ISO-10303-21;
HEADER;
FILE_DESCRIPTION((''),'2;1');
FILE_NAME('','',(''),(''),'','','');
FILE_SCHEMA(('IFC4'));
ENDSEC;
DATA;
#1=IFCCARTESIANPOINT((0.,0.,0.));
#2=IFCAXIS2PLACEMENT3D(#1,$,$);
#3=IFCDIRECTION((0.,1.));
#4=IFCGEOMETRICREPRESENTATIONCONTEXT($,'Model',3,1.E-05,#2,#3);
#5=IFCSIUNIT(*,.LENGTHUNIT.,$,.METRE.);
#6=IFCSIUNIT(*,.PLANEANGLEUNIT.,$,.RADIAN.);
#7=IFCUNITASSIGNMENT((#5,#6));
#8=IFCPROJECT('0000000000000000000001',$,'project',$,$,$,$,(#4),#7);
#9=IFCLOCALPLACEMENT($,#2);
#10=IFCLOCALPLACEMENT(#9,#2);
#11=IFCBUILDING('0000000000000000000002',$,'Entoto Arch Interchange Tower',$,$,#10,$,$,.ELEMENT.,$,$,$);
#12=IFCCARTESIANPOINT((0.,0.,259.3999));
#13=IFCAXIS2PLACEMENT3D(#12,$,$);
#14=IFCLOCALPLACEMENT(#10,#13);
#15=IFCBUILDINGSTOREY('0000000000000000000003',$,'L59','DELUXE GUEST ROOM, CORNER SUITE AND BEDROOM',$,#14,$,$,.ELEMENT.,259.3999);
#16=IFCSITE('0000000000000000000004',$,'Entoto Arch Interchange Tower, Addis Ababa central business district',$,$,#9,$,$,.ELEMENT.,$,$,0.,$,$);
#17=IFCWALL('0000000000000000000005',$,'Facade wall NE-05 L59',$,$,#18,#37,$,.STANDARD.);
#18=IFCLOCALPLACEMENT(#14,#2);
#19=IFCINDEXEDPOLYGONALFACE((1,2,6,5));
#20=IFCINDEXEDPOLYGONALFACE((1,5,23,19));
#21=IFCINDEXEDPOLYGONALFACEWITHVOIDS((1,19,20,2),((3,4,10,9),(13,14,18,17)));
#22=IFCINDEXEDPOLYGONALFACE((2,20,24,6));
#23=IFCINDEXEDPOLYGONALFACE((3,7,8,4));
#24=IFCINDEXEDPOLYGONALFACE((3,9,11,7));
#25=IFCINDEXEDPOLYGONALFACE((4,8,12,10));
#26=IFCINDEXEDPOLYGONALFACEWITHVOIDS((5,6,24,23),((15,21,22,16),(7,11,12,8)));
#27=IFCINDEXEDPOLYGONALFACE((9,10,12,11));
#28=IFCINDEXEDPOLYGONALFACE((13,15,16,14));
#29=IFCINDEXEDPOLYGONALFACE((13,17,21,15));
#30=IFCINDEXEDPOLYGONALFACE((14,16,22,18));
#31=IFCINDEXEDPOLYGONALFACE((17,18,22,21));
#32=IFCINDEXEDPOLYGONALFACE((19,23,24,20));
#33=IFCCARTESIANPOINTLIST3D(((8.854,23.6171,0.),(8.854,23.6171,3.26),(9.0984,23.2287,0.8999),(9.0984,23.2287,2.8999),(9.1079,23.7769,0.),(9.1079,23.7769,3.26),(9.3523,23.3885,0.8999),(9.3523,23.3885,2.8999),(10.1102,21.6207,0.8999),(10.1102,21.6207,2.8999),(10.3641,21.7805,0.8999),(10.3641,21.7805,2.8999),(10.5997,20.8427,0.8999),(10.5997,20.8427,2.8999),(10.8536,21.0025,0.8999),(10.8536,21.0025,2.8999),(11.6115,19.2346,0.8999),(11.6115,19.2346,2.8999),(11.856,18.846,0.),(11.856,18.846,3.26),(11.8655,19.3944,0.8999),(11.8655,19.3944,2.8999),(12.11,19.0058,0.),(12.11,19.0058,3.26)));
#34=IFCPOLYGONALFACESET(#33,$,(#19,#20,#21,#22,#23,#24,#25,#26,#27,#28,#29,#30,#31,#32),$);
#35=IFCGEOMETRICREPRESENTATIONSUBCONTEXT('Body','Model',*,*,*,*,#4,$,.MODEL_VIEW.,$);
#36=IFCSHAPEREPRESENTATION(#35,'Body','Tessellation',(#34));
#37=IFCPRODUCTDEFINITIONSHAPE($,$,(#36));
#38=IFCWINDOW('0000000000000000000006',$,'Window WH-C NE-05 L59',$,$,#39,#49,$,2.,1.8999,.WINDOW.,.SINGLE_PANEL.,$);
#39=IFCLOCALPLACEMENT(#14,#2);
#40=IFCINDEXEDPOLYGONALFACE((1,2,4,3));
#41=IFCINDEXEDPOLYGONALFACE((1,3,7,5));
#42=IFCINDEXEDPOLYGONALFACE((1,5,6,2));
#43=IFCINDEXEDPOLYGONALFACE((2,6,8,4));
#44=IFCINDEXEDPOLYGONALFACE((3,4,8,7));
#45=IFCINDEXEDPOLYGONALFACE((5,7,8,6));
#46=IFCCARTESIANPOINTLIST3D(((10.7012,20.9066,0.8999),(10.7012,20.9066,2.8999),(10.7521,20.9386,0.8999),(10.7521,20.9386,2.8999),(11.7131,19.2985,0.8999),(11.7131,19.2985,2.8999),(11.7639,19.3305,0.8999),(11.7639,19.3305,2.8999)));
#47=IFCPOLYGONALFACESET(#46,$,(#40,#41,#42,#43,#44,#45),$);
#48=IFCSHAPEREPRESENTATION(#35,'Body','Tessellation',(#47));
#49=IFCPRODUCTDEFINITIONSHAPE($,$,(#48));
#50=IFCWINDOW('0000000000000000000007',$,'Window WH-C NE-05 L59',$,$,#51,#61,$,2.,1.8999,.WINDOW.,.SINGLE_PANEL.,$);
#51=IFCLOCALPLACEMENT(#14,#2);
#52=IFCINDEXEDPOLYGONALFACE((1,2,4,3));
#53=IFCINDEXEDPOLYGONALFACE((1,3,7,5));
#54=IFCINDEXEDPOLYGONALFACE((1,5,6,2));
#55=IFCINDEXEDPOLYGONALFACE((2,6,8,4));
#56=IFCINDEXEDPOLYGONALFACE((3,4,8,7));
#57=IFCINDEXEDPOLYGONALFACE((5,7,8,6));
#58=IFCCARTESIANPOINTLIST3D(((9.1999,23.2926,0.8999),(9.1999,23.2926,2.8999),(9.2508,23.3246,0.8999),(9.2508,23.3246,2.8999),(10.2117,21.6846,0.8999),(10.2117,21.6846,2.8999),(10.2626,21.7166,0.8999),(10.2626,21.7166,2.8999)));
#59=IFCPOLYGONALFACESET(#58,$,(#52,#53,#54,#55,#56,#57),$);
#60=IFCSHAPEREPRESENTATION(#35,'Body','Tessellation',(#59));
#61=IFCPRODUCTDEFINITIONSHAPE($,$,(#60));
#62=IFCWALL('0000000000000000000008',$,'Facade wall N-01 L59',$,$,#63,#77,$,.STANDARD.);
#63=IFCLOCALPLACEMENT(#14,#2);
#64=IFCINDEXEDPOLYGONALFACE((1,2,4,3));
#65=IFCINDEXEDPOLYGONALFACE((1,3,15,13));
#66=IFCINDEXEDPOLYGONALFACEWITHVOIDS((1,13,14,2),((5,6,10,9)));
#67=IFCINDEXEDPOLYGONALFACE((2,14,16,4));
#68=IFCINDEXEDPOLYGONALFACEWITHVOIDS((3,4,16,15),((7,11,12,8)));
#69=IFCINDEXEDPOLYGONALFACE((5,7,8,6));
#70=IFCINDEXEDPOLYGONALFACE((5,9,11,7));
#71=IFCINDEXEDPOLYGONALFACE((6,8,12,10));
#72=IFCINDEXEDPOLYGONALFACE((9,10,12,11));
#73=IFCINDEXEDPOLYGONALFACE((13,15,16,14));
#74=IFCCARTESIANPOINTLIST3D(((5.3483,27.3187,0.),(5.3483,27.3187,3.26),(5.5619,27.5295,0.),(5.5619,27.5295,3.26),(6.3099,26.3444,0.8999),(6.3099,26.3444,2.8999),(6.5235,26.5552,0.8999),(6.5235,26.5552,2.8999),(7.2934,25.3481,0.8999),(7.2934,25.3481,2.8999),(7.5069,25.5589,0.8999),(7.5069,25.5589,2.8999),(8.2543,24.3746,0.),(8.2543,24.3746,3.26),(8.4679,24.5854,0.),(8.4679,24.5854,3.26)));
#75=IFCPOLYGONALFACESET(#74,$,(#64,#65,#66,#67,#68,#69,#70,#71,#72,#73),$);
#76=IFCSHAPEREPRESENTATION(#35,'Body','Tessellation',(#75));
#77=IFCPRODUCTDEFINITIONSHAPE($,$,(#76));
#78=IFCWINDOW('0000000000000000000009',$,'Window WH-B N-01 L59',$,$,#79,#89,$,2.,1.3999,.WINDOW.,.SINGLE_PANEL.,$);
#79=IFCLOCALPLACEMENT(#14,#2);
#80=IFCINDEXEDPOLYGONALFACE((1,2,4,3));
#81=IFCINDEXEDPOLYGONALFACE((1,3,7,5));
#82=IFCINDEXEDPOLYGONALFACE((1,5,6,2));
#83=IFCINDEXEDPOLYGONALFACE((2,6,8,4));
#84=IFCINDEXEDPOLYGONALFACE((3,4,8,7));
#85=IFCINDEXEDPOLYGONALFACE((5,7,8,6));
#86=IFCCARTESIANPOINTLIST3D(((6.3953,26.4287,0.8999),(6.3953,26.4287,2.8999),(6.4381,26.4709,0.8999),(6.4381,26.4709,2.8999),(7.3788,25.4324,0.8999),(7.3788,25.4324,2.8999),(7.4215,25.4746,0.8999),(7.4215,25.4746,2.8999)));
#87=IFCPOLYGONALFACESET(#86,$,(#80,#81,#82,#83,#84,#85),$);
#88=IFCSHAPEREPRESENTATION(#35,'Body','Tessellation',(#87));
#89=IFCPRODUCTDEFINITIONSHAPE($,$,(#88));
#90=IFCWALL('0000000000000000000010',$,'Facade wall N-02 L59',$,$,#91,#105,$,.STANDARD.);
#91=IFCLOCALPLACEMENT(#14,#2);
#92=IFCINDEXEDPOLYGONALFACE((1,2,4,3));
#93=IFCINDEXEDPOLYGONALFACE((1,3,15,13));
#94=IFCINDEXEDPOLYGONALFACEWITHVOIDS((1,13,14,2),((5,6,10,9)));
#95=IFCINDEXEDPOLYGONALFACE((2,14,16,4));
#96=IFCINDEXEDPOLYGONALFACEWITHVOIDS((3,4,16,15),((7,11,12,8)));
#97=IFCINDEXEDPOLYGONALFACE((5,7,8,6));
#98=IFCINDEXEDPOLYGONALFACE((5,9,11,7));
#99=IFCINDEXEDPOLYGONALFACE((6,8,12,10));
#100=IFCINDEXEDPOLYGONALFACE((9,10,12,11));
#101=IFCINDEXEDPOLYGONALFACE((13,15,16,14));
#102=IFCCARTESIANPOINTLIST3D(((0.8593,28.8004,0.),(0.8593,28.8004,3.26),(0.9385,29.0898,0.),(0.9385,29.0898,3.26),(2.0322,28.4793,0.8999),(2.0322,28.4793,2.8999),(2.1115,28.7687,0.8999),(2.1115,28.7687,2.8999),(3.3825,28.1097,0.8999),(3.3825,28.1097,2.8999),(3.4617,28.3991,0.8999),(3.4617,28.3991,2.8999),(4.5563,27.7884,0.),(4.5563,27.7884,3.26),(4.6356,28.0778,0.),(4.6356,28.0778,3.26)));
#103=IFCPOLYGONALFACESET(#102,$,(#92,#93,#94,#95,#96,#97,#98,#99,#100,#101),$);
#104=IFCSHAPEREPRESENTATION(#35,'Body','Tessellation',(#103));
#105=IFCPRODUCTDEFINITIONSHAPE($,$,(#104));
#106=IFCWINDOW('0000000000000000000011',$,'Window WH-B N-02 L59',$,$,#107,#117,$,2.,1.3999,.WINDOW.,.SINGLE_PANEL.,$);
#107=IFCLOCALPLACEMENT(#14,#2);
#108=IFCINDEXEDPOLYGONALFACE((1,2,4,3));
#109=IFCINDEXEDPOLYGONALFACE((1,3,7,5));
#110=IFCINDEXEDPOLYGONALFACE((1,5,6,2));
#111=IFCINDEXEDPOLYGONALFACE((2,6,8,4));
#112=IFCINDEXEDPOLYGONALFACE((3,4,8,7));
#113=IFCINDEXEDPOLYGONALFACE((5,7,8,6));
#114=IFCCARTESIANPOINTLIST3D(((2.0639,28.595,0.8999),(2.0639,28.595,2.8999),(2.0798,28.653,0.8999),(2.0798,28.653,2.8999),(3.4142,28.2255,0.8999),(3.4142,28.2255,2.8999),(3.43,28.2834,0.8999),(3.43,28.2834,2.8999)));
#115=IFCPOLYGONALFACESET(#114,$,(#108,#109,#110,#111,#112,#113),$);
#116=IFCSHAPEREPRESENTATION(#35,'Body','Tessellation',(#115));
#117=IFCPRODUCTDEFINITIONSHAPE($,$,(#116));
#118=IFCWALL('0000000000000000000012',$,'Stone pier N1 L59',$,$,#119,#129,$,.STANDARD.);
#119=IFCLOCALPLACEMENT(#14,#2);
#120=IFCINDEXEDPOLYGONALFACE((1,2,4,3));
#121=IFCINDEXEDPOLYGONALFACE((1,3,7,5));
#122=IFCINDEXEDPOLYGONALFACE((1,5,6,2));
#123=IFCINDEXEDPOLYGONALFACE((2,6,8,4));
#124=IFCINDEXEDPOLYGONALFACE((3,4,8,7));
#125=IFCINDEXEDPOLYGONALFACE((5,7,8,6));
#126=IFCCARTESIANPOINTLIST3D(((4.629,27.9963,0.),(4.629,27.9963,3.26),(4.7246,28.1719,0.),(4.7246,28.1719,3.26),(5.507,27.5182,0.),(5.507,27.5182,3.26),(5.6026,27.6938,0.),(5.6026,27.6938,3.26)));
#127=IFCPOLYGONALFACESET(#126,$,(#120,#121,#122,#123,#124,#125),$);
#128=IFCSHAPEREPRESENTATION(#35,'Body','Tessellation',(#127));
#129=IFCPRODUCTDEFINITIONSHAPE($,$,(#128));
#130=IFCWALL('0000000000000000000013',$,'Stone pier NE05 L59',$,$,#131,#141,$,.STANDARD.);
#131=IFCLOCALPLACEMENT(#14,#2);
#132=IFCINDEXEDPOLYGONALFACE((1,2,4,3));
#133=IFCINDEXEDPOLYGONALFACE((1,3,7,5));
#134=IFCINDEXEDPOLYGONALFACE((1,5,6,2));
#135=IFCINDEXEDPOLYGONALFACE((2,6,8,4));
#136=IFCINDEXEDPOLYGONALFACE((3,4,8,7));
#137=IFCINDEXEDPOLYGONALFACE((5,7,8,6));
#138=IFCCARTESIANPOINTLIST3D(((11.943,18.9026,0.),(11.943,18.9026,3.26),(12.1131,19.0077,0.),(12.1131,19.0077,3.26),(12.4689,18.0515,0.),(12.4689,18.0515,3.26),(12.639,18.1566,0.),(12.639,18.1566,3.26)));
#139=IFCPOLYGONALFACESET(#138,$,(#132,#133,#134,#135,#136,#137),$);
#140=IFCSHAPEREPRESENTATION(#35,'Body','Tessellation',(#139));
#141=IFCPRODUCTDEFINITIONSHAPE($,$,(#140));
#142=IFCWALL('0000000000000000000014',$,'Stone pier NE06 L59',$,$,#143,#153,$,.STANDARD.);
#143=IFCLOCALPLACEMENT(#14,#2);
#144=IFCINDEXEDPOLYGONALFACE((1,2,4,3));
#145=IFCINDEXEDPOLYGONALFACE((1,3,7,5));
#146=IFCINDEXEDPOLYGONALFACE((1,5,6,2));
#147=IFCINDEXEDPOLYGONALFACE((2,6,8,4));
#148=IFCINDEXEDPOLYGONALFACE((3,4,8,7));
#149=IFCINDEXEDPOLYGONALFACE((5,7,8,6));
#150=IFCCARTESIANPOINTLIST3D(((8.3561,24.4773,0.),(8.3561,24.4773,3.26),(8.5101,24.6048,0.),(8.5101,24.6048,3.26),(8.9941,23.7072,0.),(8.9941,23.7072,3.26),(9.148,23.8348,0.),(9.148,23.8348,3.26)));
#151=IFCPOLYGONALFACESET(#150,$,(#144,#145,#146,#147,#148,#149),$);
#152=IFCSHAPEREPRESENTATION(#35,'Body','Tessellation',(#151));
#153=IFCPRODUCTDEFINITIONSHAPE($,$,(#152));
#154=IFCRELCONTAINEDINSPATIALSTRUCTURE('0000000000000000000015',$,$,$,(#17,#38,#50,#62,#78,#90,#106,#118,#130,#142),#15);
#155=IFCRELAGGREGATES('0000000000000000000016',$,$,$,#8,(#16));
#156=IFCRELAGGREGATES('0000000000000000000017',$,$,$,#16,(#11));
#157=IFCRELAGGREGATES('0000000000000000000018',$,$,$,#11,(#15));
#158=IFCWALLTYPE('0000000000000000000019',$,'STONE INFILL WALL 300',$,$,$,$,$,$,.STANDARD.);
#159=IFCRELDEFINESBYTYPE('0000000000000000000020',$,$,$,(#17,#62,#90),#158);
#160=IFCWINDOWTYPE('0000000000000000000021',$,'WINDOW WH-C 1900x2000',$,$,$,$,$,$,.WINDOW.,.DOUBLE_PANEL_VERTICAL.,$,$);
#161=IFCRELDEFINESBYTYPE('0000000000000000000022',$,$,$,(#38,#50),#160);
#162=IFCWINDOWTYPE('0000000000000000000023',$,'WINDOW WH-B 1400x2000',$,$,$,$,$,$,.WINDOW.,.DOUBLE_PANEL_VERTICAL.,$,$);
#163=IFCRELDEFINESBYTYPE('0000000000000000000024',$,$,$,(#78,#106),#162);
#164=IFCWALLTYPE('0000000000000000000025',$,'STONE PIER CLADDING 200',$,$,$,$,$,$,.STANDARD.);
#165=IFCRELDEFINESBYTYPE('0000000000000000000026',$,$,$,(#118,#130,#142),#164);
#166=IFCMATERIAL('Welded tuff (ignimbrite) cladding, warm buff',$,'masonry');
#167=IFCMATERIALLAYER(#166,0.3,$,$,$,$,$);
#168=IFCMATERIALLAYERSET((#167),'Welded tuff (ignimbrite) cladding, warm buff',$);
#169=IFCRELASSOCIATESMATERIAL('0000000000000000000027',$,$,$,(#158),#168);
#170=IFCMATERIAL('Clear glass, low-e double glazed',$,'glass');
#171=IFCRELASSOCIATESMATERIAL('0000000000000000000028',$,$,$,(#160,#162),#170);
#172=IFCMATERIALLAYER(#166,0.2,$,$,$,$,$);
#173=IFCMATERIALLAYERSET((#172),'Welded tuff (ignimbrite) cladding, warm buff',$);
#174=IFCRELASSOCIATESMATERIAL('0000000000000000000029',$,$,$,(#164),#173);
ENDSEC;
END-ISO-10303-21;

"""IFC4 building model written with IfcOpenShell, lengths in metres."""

from ifc_helpers import new_model, si_unit, direction, frame, frame_2d, origin, place, context, subcontext, project, spatial, rectangle, extrude, material, layer, layer_set, type_object, element, fill, save


model = new_model("IFC4")

# Units and contexts
model_context = context("Model", 3, precision=1e-05, world=origin(), true_north=direction((0.0, 1.0)))
body_context = subcontext(model_context, "Body", "Model", "MODEL_VIEW")
ifc_project = project(units=[si_unit("LENGTHUNIT", "METRE"), si_unit("PLANEANGLEUNIT", "RADIAN")], contexts=[model_context])

# Site, building, storey
site_placement = place(None, origin())
site = spatial("IfcSite", under=ifc_project, at=site_placement, Name="Entoto Arch Interchange Tower, Addis Ababa central business district", CompositionType="ELEMENT", RefElevation=0.0)
building_placement = place(site_placement, origin())
building = spatial("IfcBuilding", under=site, at=building_placement, Name="Entoto Arch Interchange Tower", CompositionType="ELEMENT")
storey_placement = place(building_placement, frame((0.0, 0.0, 259.3999)))
storey = spatial("IfcBuildingStorey", under=building, at=storey_placement, Name="L59", Description="DELUXE GUEST ROOM, CORNER SUITE AND BEDROOM", CompositionType="ELEMENT", Elevation=259.3999)

# Wall, openings, windows
ifc_material_1 = material(Name="Welded tuff (ignimbrite) cladding, warm buff", Category="masonry")
ifc_layer_1 = layer(ifc_material_1, 0.3)
ifc_layer_set_1 = layer_set([ifc_layer_1], Name="Welded tuff (ignimbrite) cladding, warm buff")
wall_type_1 = type_object("IfcWallType", Name="STONE INFILL WALL 300", PredefinedType="STANDARD", material=ifc_layer_set_1)
wall_1_placement = place(storey_placement, frame((11.9829, 18.926, 0.0), z_axis=(0.0, 0.0, 1.0), x_axis=(-0.532558, 0.846393, 0.0)))
wall_1 = element("IfcWall", 1, at=wall_1_placement, inside=storey, type_object=wall_type_1, Name="Facade wall NE-05 L59", PredefinedType="STANDARD", context=body_context, shape_type="SweptSolid", body=[
    extrude(rectangle(XDim=5.637, YDim=0.3, at=frame_2d((2.8184, 0.0))), origin(), (0.0, 0.0, 1.0), 3.26),
])
opening_1_placement = place(wall_1_placement, frame((0.459, 0.0, 0.8999)))
opening_1 = element("IfcOpeningElement", 2, at=opening_1_placement, cuts=wall_1, PredefinedType="OPENING", context=body_context, shape_type="SweptSolid", body=[
    extrude(rectangle(XDim=1.8999, YDim=2.0, at=frame_2d((0.95, 1.0))), frame((0.0, 0.1602, 0.0), z_axis=(0.0, -1.0, 0.0), x_axis=(1.0, 0.0, 0.0)), (0.0, 0.0, 1.0), 0.3201),
])
opening_2_placement = place(wall_1_placement, frame((3.2781, 0.0, 0.8999)))
opening_2 = element("IfcOpeningElement", 3, at=opening_2_placement, cuts=wall_1, PredefinedType="OPENING", context=body_context, shape_type="SweptSolid", body=[
    extrude(rectangle(XDim=1.8999, YDim=2.0, at=frame_2d((0.95, 1.0))), frame((0.0, 0.1602, 0.0), z_axis=(0.0, -1.0, 0.0), x_axis=(1.0, 0.0, 0.0)), (0.0, 0.0, 1.0), 0.3201),
])
ifc_material_2 = material(Name="Clear glass, low-e double glazed", Category="glass")
window_type_1 = type_object("IfcWindowType", Name="WINDOW WH-C 1900x2000", PartitioningType="DOUBLE_PANEL_VERTICAL", PredefinedType="WINDOW", material=ifc_material_2)
window_1_placement = place(opening_1_placement, origin())
window_1 = element("IfcWindow", 4, at=window_1_placement, inside=storey, type_object=window_type_1, Name="Window WH-C NE-05 L59", OverallHeight=2.0, OverallWidth=1.8999, PartitioningType="SINGLE_PANEL", PredefinedType="WINDOW", context=body_context, shape_type="SweptSolid", body=[
    extrude(rectangle(XDim=1.8999, YDim=2.0, at=frame_2d((0.95, 1.0))), frame((0.0, 0.03, 0.0), z_axis=(0.0, -1.0, 0.0), x_axis=(1.0, 0.0, 0.0)), (0.0, 0.0, 1.0), 0.0601),
])
fill(opening_1, window_1)
window_2_placement = place(opening_2_placement, origin())
window_2 = element("IfcWindow", 5, at=window_2_placement, inside=storey, type_object=window_type_1, Name="Window WH-C NE-05 L59", OverallHeight=2.0, OverallWidth=1.8999, PartitioningType="SINGLE_PANEL", PredefinedType="WINDOW", context=body_context, shape_type="SweptSolid", body=[
    extrude(rectangle(XDim=1.8999, YDim=2.0, at=frame_2d((0.95, 1.0))), frame((0.0, 0.03, 0.0), z_axis=(0.0, -1.0, 0.0), x_axis=(1.0, 0.0, 0.0)), (0.0, 0.0, 1.0), 0.0601),
])
fill(opening_2, window_2)

# Walls, openings, windows
wall_2_placement = place(storey_placement, frame((8.3611, 24.48, 0.0), z_axis=(0.0, 0.0, 1.0), x_axis=(-0.702488, 0.711695, 0.0)))
wall_2 = element("IfcWall", 6, at=wall_2_placement, inside=storey, type_object=wall_type_1, Name="Facade wall N-01 L59", PredefinedType="STANDARD", context=body_context, shape_type="SweptSolid", body=[
    extrude(rectangle(XDim=4.1367, YDim=0.3, at=frame_2d((2.0684, 0.0))), origin(), (0.0, 0.0, 1.0), 3.26),
])
opening_3_placement = place(wall_2_placement, frame((1.3679, 0.0, 0.8999)))
opening_3 = element("IfcOpeningElement", 7, at=opening_3_placement, cuts=wall_2, PredefinedType="OPENING", context=body_context, shape_type="SweptSolid", body=[
    extrude(rectangle(XDim=1.3999, YDim=2.0, at=frame_2d((0.7, 1.0))), frame((0.0, 0.1602, 0.0), z_axis=(0.0, -1.0, 0.0), x_axis=(1.0, 0.0, 0.0)), (0.0, 0.0, 1.0), 0.3201),
])
window_type_2 = type_object("IfcWindowType", Name="WINDOW WH-B 1400x2000", PartitioningType="DOUBLE_PANEL_VERTICAL", PredefinedType="WINDOW", material=ifc_material_2)
window_3_placement = place(opening_3_placement, origin())
window_3 = element("IfcWindow", 8, at=window_3_placement, inside=storey, type_object=window_type_2, Name="Window WH-B N-01 L59", OverallHeight=2.0, OverallWidth=1.3999, PartitioningType="SINGLE_PANEL", PredefinedType="WINDOW", context=body_context, shape_type="SweptSolid", body=[
    extrude(rectangle(XDim=1.3999, YDim=2.0, at=frame_2d((0.7, 1.0))), frame((0.0, 0.03, 0.0), z_axis=(0.0, -1.0, 0.0), x_axis=(1.0, 0.0, 0.0)), (0.0, 0.0, 1.0), 0.0601),
])
fill(opening_3, window_3)
wall_3_placement = place(storey_placement, frame((4.5959, 27.9331, 0.0), z_axis=(0.0, 0.0, 1.0), x_axis=(-0.964519, 0.264012, 0.0)))
wall_3 = element("IfcWall", 9, at=wall_3_placement, inside=storey, type_object=wall_type_1, Name="Facade wall N-02 L59", PredefinedType="STANDARD", context=body_context, shape_type="SweptSolid", body=[
    extrude(rectangle(XDim=3.833, YDim=0.3, at=frame_2d((1.9165, 0.0))), origin(), (0.0, 0.0, 1.0), 3.26),
])
opening_4_placement = place(wall_3_placement, frame((1.217, 0.0, 0.8999)))
opening_4 = element("IfcOpeningElement", 10, at=opening_4_placement, cuts=wall_3, PredefinedType="OPENING", context=body_context, shape_type="SweptSolid", body=[
    extrude(rectangle(XDim=1.3999, YDim=2.0, at=frame_2d((0.7, 1.0))), frame((0.0, 0.1602, 0.0), z_axis=(0.0, -1.0, 0.0), x_axis=(1.0, 0.0, 0.0)), (0.0, 0.0, 1.0), 0.3201),
])
window_4_placement = place(opening_4_placement, origin())
window_4 = element("IfcWindow", 11, at=window_4_placement, inside=storey, type_object=window_type_2, Name="Window WH-B N-02 L59", OverallHeight=2.0, OverallWidth=1.3999, PartitioningType="SINGLE_PANEL", PredefinedType="WINDOW", context=body_context, shape_type="SweptSolid", body=[
    extrude(rectangle(XDim=1.3999, YDim=2.0, at=frame_2d((0.7, 1.0))), frame((0.0, 0.03, 0.0), z_axis=(0.0, -1.0, 0.0), x_axis=(1.0, 0.0, 0.0)), (0.0, 0.0, 1.0), 0.0601),
])
fill(opening_4, window_4)

# Walls
ifc_layer_2 = layer(ifc_material_1, 0.2)
ifc_layer_set_2 = layer_set([ifc_layer_2], Name="Welded tuff (ignimbrite) cladding, warm buff")
wall_type_2 = type_object("IfcWallType", Name="STONE PIER CLADDING 200", PredefinedType="STANDARD", material=ifc_layer_set_2)
wall_4_placement = place(storey_placement, frame((5.5549, 27.606, 0.0), z_axis=(0.0, 0.0, 1.0), x_axis=(-0.87825, 0.478202, 0.0)))
element("IfcWall", 12, at=wall_4_placement, inside=storey, type_object=wall_type_2, Name="Stone pier N1 L59", PredefinedType="STANDARD", context=body_context, shape_type="SweptSolid", body=[
    extrude(rectangle(XDim=0.9998, YDim=0.2, at=frame_2d((0.5, 0.0))), origin(), (0.0, 0.0, 1.0), 3.26),
])
wall_5_placement = place(storey_placement, frame((12.554, 18.104, 0.0), z_axis=(0.0, 0.0, 1.0), x_axis=(-0.525649, 0.850702, 0.0)))
element("IfcWall", 13, at=wall_5_placement, inside=storey, type_object=wall_type_2, Name="Stone pier NE05 L59", PredefinedType="STANDARD", context=body_context, shape_type="SweptSolid", body=[
    extrude(rectangle(XDim=1.0005, YDim=0.2, at=frame_2d((0.5002, 0.0))), origin(), (0.0, 0.0, 1.0), 3.26),
])
wall_6_placement = place(storey_placement, frame((9.071, 23.771, 0.0), z_axis=(0.0, 0.0, 1.0), x_axis=(-0.637972, 0.770059, 0.0)))
element("IfcWall", 14, at=wall_6_placement, inside=storey, type_object=wall_type_2, Name="Stone pier NE06 L59", PredefinedType="STANDARD", context=body_context, shape_type="SweptSolid", body=[
    extrude(rectangle(XDim=1.0, YDim=0.2, at=frame_2d((0.5, 0.0))), origin(), (0.0, 0.0, 1.0), 3.26),
])

save(model, "model.ifc")
